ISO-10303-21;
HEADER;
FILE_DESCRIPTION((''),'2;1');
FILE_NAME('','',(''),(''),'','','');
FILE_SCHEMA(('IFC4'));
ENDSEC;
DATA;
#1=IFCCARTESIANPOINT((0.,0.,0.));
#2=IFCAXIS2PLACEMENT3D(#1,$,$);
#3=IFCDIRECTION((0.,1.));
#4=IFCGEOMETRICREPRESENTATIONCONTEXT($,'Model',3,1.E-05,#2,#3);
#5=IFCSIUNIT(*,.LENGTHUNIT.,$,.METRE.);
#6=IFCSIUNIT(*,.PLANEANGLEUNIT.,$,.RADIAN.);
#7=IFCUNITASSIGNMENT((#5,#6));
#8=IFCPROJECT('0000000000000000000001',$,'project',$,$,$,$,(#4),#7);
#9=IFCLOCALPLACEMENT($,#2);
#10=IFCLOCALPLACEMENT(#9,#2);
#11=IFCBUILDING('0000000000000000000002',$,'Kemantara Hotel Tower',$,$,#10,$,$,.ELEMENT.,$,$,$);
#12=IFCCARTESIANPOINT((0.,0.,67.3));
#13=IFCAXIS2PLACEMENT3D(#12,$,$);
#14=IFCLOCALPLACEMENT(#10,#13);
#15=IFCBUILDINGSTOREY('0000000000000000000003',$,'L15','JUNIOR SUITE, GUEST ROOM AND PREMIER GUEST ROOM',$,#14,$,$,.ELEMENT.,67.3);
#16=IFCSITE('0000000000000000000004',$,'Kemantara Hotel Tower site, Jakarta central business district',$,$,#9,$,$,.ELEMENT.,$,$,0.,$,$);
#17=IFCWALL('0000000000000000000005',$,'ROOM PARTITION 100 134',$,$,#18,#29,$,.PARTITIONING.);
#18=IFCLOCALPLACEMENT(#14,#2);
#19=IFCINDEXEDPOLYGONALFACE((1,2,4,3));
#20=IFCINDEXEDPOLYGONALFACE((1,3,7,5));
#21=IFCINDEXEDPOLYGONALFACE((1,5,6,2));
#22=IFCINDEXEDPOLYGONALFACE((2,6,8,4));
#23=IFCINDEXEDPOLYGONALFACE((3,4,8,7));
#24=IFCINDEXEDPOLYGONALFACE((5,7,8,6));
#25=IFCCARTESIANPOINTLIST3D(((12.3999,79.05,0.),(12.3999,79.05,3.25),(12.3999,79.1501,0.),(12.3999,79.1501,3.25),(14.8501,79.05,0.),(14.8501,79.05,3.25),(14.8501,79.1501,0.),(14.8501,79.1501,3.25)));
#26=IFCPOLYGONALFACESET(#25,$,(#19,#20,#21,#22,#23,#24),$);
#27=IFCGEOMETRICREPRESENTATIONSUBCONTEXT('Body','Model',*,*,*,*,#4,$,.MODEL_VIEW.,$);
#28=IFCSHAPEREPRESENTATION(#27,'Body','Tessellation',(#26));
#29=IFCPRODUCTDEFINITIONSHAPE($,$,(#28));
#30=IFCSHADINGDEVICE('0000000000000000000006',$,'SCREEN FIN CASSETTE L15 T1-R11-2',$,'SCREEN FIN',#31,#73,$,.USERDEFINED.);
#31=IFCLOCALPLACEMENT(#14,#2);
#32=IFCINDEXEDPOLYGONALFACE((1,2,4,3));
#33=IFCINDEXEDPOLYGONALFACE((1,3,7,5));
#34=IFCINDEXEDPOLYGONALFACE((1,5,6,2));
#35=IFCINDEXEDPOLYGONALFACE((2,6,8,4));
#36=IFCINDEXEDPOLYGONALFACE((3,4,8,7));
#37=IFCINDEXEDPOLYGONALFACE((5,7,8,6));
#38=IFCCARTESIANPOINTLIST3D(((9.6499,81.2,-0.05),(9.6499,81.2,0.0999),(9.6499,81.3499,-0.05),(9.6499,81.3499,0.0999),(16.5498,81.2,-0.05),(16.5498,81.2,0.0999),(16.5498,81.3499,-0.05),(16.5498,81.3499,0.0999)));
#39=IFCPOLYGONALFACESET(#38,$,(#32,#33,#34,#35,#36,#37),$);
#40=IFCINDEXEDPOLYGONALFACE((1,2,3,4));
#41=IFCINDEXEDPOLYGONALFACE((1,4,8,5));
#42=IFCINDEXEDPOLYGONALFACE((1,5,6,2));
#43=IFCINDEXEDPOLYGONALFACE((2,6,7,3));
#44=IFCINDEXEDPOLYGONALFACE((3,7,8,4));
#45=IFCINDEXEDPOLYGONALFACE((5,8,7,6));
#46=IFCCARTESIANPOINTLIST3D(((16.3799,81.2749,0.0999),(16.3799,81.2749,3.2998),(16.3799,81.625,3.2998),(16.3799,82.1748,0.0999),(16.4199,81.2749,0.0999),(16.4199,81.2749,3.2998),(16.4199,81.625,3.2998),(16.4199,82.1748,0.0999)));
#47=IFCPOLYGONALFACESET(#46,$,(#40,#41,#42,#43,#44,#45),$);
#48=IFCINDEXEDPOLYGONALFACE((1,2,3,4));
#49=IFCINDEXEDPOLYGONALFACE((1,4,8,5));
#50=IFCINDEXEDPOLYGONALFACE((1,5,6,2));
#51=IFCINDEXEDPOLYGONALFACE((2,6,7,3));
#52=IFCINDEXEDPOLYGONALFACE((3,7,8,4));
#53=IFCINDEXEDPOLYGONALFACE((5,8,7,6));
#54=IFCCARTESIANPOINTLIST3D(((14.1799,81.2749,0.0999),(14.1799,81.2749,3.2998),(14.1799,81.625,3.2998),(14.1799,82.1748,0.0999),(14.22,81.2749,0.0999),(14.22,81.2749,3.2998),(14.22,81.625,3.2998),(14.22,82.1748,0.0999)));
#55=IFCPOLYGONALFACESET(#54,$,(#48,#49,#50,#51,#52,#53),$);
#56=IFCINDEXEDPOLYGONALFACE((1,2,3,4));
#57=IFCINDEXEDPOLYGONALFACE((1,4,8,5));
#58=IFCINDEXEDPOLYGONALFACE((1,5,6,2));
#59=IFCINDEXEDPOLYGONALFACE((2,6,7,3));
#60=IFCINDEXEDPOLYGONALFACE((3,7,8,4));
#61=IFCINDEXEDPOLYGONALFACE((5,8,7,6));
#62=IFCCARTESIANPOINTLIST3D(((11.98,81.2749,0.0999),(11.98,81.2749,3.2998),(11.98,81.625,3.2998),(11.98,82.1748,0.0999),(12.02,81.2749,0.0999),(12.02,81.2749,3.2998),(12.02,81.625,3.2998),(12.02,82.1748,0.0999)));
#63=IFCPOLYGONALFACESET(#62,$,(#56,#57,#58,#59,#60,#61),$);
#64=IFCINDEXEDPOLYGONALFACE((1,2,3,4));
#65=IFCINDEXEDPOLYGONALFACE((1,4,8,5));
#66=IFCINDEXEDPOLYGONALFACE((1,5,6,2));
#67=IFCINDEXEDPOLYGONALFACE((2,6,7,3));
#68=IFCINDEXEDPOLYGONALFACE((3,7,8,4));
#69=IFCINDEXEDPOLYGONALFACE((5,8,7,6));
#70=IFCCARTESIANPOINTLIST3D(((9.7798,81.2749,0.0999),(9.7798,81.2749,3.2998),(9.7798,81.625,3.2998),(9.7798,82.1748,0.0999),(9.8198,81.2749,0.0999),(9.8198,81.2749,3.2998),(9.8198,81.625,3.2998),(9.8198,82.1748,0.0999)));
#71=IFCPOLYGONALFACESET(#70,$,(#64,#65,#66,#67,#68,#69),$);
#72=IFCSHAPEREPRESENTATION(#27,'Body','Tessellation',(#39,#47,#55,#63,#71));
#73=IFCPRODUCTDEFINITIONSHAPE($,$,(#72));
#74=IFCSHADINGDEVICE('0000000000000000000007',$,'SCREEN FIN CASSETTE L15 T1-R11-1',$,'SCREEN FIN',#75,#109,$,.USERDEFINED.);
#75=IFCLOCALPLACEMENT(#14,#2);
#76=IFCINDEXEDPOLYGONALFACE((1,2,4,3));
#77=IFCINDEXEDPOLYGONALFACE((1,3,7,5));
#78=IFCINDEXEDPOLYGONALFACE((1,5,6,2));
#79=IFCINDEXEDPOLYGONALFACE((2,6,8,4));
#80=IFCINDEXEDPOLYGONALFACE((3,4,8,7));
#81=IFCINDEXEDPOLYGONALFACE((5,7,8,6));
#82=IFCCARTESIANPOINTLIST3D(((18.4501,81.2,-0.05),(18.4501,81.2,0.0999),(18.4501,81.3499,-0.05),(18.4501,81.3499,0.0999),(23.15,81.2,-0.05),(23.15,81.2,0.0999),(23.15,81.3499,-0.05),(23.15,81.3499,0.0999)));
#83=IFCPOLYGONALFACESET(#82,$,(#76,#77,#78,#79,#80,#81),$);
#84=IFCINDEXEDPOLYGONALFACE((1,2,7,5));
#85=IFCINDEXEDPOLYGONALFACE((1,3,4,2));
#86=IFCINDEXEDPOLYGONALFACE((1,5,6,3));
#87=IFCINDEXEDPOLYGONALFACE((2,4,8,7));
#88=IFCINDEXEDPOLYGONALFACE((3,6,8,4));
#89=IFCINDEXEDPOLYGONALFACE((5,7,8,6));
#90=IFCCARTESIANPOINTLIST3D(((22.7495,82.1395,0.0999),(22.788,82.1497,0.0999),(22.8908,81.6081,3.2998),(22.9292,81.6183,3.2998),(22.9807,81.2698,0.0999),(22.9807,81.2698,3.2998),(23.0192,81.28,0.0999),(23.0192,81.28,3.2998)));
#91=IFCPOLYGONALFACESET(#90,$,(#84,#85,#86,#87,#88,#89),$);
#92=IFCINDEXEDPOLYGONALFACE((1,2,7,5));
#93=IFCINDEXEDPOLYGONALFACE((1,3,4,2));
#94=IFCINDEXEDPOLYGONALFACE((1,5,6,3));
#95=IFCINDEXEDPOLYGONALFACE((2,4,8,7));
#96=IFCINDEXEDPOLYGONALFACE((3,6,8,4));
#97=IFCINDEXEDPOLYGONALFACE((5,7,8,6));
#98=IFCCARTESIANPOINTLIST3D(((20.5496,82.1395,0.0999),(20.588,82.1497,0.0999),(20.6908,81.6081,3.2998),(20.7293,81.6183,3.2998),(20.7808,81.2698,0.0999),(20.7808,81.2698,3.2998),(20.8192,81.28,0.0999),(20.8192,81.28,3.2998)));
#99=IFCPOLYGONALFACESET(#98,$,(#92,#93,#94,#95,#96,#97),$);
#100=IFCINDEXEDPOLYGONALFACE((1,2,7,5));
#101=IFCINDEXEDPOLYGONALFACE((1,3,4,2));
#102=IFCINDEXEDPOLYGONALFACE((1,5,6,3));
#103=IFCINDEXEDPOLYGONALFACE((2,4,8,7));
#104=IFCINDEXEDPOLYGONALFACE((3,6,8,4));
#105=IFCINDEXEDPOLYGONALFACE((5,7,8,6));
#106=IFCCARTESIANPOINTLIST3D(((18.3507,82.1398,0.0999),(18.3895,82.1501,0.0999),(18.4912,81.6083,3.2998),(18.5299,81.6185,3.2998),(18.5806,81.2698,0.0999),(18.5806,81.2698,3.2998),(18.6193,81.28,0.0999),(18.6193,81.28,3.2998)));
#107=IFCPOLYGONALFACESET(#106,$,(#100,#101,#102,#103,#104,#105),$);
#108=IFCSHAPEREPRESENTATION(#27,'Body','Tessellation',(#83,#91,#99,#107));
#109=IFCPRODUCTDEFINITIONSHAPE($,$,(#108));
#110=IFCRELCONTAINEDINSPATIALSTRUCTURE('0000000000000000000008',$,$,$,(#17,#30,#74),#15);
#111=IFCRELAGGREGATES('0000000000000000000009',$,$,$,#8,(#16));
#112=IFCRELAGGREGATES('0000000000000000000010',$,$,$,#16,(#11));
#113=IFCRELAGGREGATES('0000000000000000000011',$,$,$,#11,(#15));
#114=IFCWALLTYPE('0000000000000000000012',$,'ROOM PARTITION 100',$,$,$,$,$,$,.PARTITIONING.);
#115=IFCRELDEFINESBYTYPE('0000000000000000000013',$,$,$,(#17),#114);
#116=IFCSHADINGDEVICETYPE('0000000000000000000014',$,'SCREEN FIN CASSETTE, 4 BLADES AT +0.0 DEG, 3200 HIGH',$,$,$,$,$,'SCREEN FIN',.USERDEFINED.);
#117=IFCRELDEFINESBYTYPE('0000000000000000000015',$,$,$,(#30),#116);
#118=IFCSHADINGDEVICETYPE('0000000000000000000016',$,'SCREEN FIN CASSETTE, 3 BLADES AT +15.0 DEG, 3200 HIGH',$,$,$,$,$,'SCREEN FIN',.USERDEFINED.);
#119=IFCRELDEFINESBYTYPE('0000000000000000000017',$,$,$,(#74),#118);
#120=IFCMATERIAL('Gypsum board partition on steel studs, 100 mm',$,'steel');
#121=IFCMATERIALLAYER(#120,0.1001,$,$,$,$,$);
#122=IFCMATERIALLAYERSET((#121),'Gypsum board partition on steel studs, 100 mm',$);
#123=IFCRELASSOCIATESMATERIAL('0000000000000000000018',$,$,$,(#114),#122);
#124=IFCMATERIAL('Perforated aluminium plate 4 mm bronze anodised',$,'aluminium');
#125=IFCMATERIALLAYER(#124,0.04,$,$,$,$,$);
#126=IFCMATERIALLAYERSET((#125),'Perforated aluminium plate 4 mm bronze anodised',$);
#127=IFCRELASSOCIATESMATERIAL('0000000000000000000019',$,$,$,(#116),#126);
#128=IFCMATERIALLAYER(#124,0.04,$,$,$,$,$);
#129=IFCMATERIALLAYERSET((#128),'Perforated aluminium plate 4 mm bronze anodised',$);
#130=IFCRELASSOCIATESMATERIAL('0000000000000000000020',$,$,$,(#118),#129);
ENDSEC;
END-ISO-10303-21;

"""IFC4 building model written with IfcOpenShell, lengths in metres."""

from ifc_helpers import new_model, si_unit, direction, frame, frame_2d, origin, origin_2d, place, context, subcontext, project, spatial, polyline, rectangle, outline, extrude, source, transform, mapped, material, layer, layer_set, type_object, element, save


model = new_model("IFC4")

# Units and contexts
model_context = context("Model", 3, precision=1e-05, world=origin(), true_north=direction((0.0, 1.0)))
body_context = subcontext(model_context, "Body", "Model", "MODEL_VIEW")
ifc_project = project(units=[si_unit("LENGTHUNIT", "METRE"), si_unit("PLANEANGLEUNIT", "RADIAN")], contexts=[model_context])

# Site, building, storey
site_placement = place(None, origin())
site = spatial("IfcSite", under=ifc_project, at=site_placement, Name="Kemantara Hotel Tower site, Jakarta central business district", CompositionType="ELEMENT", RefElevation=0.0)
building_placement = place(site_placement, origin())
building = spatial("IfcBuilding", under=site, at=building_placement, Name="Kemantara Hotel Tower", CompositionType="ELEMENT")
storey_placement = place(building_placement, frame((0.0, 0.0, 67.3)))
storey = spatial("IfcBuildingStorey", under=building, at=storey_placement, Name="L15", Description="JUNIOR SUITE, GUEST ROOM AND PREMIER GUEST ROOM", CompositionType="ELEMENT", Elevation=67.3)

# Shared definitions
ifc_material_1 = material(Name="Gypsum board partition on steel studs, 100 mm", Category="steel")
ifc_layer_1 = layer(ifc_material_1, 0.1001)
ifc_layer_set_1 = layer_set([ifc_layer_1], Name="Gypsum board partition on steel studs, 100 mm")
wall_type_1 = type_object("IfcWallType", Name="ROOM PARTITION 100", PredefinedType="PARTITIONING", material=ifc_layer_set_1)

# Wall
wall_1_placement = place(storey_placement, frame((12.3999, 79.1001, 0.0), z_axis=(0.0, 0.0, 1.0), x_axis=(1.0, 0.0, 0.0)))
element("IfcWall", 1, at=wall_1_placement, inside=storey, type_object=wall_type_1, Name="ROOM PARTITION 100 134", PredefinedType="PARTITIONING", context=body_context, shape_type="SweptSolid", body=[
    extrude(rectangle(XDim=2.4502, YDim=0.1001, at=frame_2d((1.2251, 0.0))), origin(), (0.0, 0.0, 1.0), 3.25),
])

# Shading devices
ifc_material_2 = material(Name="Perforated aluminium plate 4 mm bronze anodised", Category="aluminium")
ifc_layer_2 = layer(ifc_material_2, 0.04)
ifc_layer_set_2 = layer_set([ifc_layer_2], Name="Perforated aluminium plate 4 mm bronze anodised")
shading_device_type_1 = type_object("IfcShadingDeviceType", Name="SCREEN FIN CASSETTE, 4 BLADES AT +0.0 DEG, 3200 HIGH", ElementType="SCREEN FIN", PredefinedType="USERDEFINED", material=ifc_layer_set_2)
shared_shape_1 = source(origin(), body_context, "Body", "SweptSolid", [
    extrude(rectangle(XDim=6.8999, YDim=0.1499, at=origin_2d()), frame((3.3, -0.075, -0.1499), z_axis=(0.0, 0.0, 1.0), x_axis=(1.0, 0.0, 0.0)), (0.0, 0.0, 1.0), 0.1499),
    extrude(outline(polyline([(0.0, 0.0), (0.8999, 0.0), (0.3501, 3.2), (0.0, 3.2), (0.0, 0.0)])), frame((0.02, -0.075, 0.0), z_axis=(-1.0, 0.0, 0.0), x_axis=(0.0, -1.0, 0.0)), (0.0, 0.0, 1.0), 0.04),
    extrude(outline(polyline([(0.0, 0.0), (0.8999, 0.0), (0.3501, 3.2), (0.0, 3.2), (0.0, 0.0)])), frame((2.22, -0.075, 0.0), z_axis=(-1.0, 0.0, 0.0), x_axis=(0.0, -1.0, 0.0)), (0.0, 0.0, 1.0), 0.04),
    extrude(outline(polyline([(0.0, 0.0), (0.8999, 0.0), (0.3501, 3.2), (0.0, 3.2), (0.0, 0.0)])), frame((4.4199, -0.075, 0.0), z_axis=(-1.0, 0.0, 0.0), x_axis=(0.0, -1.0, 0.0)), (0.0, 0.0, 1.0), 0.04),
    extrude(outline(polyline([(0.0, 0.0), (0.8999, 0.0), (0.3501, 3.2), (0.0, 3.2), (0.0, 0.0)])), frame((6.6201, -0.075, 0.0), z_axis=(-1.0, 0.0, 0.0), x_axis=(0.0, -1.0, 0.0)), (0.0, 0.0, 1.0), 0.04),
])
shading_device_1_placement = place(storey_placement, frame((16.3999, 81.2, 0.0999), z_axis=(0.0, 0.0, 1.0), x_axis=(-1.0, 0.0, 0.0)))
element("IfcShadingDevice", 2, at=shading_device_1_placement, inside=storey, type_object=shading_device_type_1, Name="SCREEN FIN CASSETTE L15 T1-R11-2", ObjectType="SCREEN FIN", PredefinedType="USERDEFINED", context=body_context, shape_type="MappedRepresentation", body=[
    mapped(shared_shape_1, transform((0.0, 0.0, 0.0))),
])
ifc_layer_3 = layer(ifc_material_2, 0.04)
ifc_layer_set_3 = layer_set([ifc_layer_3], Name="Perforated aluminium plate 4 mm bronze anodised")
shading_device_type_2 = type_object("IfcShadingDeviceType", Name="SCREEN FIN CASSETTE, 3 BLADES AT +15.0 DEG, 3200 HIGH", ElementType="SCREEN FIN", PredefinedType="USERDEFINED", material=ifc_layer_set_3)
shared_shape_2 = source(origin(), body_context, "Body", "SweptSolid", [
    extrude(rectangle(XDim=4.7, YDim=0.1499, at=origin_2d()), frame((2.2, -0.075, -0.1499), z_axis=(0.0, 0.0, 1.0), x_axis=(1.0, 0.0, 0.0)), (0.0, 0.0, 1.0), 0.1499),
    extrude(outline(polyline([(0.0, 0.0), (0.8999, 0.0), (0.3501, 3.2), (0.0, 3.2), (0.0, 0.0)])), frame((0.0193, -0.0698, 0.0), z_axis=(-0.966438, -0.256901, 0.0), x_axis=(0.256901, -0.966438, 0.0)), (0.0, 0.0, 1.0), 0.0398),
    extrude(outline(polyline([(0.0, 0.0), (0.8999, 0.0), (0.3501, 3.2), (0.0, 3.2), (0.0, 0.0)])), frame((2.2192, -0.0698, 0.0), z_axis=(-0.966438, -0.256901, 0.0), x_axis=(0.256901, -0.966438, 0.0)), (0.0, 0.0, 1.0), 0.0398),
    extrude(outline(polyline([(0.0, 0.0), (0.8999, 0.0), (0.3501, 3.2), (0.0, 3.2), (0.0, 0.0)])), frame((4.4194, -0.0698, 0.0), z_axis=(-0.966838, -0.255391, 0.0), x_axis=(0.255391, -0.966838, 0.0)), (0.0, 0.0, 1.0), 0.04),
])
shading_device_2_placement = place(storey_placement, frame((23.0, 81.2, 0.0999), z_axis=(0.0, 0.0, 1.0), x_axis=(-1.0, 0.0, 0.0)))
element("IfcShadingDevice", 3, at=shading_device_2_placement, inside=storey, type_object=shading_device_type_2, Name="SCREEN FIN CASSETTE L15 T1-R11-1", ObjectType="SCREEN FIN", PredefinedType="USERDEFINED", context=body_context, shape_type="MappedRepresentation", body=[
    mapped(shared_shape_2, transform((0.0, 0.0, 0.0))),
])

save(model, "model.ifc")
